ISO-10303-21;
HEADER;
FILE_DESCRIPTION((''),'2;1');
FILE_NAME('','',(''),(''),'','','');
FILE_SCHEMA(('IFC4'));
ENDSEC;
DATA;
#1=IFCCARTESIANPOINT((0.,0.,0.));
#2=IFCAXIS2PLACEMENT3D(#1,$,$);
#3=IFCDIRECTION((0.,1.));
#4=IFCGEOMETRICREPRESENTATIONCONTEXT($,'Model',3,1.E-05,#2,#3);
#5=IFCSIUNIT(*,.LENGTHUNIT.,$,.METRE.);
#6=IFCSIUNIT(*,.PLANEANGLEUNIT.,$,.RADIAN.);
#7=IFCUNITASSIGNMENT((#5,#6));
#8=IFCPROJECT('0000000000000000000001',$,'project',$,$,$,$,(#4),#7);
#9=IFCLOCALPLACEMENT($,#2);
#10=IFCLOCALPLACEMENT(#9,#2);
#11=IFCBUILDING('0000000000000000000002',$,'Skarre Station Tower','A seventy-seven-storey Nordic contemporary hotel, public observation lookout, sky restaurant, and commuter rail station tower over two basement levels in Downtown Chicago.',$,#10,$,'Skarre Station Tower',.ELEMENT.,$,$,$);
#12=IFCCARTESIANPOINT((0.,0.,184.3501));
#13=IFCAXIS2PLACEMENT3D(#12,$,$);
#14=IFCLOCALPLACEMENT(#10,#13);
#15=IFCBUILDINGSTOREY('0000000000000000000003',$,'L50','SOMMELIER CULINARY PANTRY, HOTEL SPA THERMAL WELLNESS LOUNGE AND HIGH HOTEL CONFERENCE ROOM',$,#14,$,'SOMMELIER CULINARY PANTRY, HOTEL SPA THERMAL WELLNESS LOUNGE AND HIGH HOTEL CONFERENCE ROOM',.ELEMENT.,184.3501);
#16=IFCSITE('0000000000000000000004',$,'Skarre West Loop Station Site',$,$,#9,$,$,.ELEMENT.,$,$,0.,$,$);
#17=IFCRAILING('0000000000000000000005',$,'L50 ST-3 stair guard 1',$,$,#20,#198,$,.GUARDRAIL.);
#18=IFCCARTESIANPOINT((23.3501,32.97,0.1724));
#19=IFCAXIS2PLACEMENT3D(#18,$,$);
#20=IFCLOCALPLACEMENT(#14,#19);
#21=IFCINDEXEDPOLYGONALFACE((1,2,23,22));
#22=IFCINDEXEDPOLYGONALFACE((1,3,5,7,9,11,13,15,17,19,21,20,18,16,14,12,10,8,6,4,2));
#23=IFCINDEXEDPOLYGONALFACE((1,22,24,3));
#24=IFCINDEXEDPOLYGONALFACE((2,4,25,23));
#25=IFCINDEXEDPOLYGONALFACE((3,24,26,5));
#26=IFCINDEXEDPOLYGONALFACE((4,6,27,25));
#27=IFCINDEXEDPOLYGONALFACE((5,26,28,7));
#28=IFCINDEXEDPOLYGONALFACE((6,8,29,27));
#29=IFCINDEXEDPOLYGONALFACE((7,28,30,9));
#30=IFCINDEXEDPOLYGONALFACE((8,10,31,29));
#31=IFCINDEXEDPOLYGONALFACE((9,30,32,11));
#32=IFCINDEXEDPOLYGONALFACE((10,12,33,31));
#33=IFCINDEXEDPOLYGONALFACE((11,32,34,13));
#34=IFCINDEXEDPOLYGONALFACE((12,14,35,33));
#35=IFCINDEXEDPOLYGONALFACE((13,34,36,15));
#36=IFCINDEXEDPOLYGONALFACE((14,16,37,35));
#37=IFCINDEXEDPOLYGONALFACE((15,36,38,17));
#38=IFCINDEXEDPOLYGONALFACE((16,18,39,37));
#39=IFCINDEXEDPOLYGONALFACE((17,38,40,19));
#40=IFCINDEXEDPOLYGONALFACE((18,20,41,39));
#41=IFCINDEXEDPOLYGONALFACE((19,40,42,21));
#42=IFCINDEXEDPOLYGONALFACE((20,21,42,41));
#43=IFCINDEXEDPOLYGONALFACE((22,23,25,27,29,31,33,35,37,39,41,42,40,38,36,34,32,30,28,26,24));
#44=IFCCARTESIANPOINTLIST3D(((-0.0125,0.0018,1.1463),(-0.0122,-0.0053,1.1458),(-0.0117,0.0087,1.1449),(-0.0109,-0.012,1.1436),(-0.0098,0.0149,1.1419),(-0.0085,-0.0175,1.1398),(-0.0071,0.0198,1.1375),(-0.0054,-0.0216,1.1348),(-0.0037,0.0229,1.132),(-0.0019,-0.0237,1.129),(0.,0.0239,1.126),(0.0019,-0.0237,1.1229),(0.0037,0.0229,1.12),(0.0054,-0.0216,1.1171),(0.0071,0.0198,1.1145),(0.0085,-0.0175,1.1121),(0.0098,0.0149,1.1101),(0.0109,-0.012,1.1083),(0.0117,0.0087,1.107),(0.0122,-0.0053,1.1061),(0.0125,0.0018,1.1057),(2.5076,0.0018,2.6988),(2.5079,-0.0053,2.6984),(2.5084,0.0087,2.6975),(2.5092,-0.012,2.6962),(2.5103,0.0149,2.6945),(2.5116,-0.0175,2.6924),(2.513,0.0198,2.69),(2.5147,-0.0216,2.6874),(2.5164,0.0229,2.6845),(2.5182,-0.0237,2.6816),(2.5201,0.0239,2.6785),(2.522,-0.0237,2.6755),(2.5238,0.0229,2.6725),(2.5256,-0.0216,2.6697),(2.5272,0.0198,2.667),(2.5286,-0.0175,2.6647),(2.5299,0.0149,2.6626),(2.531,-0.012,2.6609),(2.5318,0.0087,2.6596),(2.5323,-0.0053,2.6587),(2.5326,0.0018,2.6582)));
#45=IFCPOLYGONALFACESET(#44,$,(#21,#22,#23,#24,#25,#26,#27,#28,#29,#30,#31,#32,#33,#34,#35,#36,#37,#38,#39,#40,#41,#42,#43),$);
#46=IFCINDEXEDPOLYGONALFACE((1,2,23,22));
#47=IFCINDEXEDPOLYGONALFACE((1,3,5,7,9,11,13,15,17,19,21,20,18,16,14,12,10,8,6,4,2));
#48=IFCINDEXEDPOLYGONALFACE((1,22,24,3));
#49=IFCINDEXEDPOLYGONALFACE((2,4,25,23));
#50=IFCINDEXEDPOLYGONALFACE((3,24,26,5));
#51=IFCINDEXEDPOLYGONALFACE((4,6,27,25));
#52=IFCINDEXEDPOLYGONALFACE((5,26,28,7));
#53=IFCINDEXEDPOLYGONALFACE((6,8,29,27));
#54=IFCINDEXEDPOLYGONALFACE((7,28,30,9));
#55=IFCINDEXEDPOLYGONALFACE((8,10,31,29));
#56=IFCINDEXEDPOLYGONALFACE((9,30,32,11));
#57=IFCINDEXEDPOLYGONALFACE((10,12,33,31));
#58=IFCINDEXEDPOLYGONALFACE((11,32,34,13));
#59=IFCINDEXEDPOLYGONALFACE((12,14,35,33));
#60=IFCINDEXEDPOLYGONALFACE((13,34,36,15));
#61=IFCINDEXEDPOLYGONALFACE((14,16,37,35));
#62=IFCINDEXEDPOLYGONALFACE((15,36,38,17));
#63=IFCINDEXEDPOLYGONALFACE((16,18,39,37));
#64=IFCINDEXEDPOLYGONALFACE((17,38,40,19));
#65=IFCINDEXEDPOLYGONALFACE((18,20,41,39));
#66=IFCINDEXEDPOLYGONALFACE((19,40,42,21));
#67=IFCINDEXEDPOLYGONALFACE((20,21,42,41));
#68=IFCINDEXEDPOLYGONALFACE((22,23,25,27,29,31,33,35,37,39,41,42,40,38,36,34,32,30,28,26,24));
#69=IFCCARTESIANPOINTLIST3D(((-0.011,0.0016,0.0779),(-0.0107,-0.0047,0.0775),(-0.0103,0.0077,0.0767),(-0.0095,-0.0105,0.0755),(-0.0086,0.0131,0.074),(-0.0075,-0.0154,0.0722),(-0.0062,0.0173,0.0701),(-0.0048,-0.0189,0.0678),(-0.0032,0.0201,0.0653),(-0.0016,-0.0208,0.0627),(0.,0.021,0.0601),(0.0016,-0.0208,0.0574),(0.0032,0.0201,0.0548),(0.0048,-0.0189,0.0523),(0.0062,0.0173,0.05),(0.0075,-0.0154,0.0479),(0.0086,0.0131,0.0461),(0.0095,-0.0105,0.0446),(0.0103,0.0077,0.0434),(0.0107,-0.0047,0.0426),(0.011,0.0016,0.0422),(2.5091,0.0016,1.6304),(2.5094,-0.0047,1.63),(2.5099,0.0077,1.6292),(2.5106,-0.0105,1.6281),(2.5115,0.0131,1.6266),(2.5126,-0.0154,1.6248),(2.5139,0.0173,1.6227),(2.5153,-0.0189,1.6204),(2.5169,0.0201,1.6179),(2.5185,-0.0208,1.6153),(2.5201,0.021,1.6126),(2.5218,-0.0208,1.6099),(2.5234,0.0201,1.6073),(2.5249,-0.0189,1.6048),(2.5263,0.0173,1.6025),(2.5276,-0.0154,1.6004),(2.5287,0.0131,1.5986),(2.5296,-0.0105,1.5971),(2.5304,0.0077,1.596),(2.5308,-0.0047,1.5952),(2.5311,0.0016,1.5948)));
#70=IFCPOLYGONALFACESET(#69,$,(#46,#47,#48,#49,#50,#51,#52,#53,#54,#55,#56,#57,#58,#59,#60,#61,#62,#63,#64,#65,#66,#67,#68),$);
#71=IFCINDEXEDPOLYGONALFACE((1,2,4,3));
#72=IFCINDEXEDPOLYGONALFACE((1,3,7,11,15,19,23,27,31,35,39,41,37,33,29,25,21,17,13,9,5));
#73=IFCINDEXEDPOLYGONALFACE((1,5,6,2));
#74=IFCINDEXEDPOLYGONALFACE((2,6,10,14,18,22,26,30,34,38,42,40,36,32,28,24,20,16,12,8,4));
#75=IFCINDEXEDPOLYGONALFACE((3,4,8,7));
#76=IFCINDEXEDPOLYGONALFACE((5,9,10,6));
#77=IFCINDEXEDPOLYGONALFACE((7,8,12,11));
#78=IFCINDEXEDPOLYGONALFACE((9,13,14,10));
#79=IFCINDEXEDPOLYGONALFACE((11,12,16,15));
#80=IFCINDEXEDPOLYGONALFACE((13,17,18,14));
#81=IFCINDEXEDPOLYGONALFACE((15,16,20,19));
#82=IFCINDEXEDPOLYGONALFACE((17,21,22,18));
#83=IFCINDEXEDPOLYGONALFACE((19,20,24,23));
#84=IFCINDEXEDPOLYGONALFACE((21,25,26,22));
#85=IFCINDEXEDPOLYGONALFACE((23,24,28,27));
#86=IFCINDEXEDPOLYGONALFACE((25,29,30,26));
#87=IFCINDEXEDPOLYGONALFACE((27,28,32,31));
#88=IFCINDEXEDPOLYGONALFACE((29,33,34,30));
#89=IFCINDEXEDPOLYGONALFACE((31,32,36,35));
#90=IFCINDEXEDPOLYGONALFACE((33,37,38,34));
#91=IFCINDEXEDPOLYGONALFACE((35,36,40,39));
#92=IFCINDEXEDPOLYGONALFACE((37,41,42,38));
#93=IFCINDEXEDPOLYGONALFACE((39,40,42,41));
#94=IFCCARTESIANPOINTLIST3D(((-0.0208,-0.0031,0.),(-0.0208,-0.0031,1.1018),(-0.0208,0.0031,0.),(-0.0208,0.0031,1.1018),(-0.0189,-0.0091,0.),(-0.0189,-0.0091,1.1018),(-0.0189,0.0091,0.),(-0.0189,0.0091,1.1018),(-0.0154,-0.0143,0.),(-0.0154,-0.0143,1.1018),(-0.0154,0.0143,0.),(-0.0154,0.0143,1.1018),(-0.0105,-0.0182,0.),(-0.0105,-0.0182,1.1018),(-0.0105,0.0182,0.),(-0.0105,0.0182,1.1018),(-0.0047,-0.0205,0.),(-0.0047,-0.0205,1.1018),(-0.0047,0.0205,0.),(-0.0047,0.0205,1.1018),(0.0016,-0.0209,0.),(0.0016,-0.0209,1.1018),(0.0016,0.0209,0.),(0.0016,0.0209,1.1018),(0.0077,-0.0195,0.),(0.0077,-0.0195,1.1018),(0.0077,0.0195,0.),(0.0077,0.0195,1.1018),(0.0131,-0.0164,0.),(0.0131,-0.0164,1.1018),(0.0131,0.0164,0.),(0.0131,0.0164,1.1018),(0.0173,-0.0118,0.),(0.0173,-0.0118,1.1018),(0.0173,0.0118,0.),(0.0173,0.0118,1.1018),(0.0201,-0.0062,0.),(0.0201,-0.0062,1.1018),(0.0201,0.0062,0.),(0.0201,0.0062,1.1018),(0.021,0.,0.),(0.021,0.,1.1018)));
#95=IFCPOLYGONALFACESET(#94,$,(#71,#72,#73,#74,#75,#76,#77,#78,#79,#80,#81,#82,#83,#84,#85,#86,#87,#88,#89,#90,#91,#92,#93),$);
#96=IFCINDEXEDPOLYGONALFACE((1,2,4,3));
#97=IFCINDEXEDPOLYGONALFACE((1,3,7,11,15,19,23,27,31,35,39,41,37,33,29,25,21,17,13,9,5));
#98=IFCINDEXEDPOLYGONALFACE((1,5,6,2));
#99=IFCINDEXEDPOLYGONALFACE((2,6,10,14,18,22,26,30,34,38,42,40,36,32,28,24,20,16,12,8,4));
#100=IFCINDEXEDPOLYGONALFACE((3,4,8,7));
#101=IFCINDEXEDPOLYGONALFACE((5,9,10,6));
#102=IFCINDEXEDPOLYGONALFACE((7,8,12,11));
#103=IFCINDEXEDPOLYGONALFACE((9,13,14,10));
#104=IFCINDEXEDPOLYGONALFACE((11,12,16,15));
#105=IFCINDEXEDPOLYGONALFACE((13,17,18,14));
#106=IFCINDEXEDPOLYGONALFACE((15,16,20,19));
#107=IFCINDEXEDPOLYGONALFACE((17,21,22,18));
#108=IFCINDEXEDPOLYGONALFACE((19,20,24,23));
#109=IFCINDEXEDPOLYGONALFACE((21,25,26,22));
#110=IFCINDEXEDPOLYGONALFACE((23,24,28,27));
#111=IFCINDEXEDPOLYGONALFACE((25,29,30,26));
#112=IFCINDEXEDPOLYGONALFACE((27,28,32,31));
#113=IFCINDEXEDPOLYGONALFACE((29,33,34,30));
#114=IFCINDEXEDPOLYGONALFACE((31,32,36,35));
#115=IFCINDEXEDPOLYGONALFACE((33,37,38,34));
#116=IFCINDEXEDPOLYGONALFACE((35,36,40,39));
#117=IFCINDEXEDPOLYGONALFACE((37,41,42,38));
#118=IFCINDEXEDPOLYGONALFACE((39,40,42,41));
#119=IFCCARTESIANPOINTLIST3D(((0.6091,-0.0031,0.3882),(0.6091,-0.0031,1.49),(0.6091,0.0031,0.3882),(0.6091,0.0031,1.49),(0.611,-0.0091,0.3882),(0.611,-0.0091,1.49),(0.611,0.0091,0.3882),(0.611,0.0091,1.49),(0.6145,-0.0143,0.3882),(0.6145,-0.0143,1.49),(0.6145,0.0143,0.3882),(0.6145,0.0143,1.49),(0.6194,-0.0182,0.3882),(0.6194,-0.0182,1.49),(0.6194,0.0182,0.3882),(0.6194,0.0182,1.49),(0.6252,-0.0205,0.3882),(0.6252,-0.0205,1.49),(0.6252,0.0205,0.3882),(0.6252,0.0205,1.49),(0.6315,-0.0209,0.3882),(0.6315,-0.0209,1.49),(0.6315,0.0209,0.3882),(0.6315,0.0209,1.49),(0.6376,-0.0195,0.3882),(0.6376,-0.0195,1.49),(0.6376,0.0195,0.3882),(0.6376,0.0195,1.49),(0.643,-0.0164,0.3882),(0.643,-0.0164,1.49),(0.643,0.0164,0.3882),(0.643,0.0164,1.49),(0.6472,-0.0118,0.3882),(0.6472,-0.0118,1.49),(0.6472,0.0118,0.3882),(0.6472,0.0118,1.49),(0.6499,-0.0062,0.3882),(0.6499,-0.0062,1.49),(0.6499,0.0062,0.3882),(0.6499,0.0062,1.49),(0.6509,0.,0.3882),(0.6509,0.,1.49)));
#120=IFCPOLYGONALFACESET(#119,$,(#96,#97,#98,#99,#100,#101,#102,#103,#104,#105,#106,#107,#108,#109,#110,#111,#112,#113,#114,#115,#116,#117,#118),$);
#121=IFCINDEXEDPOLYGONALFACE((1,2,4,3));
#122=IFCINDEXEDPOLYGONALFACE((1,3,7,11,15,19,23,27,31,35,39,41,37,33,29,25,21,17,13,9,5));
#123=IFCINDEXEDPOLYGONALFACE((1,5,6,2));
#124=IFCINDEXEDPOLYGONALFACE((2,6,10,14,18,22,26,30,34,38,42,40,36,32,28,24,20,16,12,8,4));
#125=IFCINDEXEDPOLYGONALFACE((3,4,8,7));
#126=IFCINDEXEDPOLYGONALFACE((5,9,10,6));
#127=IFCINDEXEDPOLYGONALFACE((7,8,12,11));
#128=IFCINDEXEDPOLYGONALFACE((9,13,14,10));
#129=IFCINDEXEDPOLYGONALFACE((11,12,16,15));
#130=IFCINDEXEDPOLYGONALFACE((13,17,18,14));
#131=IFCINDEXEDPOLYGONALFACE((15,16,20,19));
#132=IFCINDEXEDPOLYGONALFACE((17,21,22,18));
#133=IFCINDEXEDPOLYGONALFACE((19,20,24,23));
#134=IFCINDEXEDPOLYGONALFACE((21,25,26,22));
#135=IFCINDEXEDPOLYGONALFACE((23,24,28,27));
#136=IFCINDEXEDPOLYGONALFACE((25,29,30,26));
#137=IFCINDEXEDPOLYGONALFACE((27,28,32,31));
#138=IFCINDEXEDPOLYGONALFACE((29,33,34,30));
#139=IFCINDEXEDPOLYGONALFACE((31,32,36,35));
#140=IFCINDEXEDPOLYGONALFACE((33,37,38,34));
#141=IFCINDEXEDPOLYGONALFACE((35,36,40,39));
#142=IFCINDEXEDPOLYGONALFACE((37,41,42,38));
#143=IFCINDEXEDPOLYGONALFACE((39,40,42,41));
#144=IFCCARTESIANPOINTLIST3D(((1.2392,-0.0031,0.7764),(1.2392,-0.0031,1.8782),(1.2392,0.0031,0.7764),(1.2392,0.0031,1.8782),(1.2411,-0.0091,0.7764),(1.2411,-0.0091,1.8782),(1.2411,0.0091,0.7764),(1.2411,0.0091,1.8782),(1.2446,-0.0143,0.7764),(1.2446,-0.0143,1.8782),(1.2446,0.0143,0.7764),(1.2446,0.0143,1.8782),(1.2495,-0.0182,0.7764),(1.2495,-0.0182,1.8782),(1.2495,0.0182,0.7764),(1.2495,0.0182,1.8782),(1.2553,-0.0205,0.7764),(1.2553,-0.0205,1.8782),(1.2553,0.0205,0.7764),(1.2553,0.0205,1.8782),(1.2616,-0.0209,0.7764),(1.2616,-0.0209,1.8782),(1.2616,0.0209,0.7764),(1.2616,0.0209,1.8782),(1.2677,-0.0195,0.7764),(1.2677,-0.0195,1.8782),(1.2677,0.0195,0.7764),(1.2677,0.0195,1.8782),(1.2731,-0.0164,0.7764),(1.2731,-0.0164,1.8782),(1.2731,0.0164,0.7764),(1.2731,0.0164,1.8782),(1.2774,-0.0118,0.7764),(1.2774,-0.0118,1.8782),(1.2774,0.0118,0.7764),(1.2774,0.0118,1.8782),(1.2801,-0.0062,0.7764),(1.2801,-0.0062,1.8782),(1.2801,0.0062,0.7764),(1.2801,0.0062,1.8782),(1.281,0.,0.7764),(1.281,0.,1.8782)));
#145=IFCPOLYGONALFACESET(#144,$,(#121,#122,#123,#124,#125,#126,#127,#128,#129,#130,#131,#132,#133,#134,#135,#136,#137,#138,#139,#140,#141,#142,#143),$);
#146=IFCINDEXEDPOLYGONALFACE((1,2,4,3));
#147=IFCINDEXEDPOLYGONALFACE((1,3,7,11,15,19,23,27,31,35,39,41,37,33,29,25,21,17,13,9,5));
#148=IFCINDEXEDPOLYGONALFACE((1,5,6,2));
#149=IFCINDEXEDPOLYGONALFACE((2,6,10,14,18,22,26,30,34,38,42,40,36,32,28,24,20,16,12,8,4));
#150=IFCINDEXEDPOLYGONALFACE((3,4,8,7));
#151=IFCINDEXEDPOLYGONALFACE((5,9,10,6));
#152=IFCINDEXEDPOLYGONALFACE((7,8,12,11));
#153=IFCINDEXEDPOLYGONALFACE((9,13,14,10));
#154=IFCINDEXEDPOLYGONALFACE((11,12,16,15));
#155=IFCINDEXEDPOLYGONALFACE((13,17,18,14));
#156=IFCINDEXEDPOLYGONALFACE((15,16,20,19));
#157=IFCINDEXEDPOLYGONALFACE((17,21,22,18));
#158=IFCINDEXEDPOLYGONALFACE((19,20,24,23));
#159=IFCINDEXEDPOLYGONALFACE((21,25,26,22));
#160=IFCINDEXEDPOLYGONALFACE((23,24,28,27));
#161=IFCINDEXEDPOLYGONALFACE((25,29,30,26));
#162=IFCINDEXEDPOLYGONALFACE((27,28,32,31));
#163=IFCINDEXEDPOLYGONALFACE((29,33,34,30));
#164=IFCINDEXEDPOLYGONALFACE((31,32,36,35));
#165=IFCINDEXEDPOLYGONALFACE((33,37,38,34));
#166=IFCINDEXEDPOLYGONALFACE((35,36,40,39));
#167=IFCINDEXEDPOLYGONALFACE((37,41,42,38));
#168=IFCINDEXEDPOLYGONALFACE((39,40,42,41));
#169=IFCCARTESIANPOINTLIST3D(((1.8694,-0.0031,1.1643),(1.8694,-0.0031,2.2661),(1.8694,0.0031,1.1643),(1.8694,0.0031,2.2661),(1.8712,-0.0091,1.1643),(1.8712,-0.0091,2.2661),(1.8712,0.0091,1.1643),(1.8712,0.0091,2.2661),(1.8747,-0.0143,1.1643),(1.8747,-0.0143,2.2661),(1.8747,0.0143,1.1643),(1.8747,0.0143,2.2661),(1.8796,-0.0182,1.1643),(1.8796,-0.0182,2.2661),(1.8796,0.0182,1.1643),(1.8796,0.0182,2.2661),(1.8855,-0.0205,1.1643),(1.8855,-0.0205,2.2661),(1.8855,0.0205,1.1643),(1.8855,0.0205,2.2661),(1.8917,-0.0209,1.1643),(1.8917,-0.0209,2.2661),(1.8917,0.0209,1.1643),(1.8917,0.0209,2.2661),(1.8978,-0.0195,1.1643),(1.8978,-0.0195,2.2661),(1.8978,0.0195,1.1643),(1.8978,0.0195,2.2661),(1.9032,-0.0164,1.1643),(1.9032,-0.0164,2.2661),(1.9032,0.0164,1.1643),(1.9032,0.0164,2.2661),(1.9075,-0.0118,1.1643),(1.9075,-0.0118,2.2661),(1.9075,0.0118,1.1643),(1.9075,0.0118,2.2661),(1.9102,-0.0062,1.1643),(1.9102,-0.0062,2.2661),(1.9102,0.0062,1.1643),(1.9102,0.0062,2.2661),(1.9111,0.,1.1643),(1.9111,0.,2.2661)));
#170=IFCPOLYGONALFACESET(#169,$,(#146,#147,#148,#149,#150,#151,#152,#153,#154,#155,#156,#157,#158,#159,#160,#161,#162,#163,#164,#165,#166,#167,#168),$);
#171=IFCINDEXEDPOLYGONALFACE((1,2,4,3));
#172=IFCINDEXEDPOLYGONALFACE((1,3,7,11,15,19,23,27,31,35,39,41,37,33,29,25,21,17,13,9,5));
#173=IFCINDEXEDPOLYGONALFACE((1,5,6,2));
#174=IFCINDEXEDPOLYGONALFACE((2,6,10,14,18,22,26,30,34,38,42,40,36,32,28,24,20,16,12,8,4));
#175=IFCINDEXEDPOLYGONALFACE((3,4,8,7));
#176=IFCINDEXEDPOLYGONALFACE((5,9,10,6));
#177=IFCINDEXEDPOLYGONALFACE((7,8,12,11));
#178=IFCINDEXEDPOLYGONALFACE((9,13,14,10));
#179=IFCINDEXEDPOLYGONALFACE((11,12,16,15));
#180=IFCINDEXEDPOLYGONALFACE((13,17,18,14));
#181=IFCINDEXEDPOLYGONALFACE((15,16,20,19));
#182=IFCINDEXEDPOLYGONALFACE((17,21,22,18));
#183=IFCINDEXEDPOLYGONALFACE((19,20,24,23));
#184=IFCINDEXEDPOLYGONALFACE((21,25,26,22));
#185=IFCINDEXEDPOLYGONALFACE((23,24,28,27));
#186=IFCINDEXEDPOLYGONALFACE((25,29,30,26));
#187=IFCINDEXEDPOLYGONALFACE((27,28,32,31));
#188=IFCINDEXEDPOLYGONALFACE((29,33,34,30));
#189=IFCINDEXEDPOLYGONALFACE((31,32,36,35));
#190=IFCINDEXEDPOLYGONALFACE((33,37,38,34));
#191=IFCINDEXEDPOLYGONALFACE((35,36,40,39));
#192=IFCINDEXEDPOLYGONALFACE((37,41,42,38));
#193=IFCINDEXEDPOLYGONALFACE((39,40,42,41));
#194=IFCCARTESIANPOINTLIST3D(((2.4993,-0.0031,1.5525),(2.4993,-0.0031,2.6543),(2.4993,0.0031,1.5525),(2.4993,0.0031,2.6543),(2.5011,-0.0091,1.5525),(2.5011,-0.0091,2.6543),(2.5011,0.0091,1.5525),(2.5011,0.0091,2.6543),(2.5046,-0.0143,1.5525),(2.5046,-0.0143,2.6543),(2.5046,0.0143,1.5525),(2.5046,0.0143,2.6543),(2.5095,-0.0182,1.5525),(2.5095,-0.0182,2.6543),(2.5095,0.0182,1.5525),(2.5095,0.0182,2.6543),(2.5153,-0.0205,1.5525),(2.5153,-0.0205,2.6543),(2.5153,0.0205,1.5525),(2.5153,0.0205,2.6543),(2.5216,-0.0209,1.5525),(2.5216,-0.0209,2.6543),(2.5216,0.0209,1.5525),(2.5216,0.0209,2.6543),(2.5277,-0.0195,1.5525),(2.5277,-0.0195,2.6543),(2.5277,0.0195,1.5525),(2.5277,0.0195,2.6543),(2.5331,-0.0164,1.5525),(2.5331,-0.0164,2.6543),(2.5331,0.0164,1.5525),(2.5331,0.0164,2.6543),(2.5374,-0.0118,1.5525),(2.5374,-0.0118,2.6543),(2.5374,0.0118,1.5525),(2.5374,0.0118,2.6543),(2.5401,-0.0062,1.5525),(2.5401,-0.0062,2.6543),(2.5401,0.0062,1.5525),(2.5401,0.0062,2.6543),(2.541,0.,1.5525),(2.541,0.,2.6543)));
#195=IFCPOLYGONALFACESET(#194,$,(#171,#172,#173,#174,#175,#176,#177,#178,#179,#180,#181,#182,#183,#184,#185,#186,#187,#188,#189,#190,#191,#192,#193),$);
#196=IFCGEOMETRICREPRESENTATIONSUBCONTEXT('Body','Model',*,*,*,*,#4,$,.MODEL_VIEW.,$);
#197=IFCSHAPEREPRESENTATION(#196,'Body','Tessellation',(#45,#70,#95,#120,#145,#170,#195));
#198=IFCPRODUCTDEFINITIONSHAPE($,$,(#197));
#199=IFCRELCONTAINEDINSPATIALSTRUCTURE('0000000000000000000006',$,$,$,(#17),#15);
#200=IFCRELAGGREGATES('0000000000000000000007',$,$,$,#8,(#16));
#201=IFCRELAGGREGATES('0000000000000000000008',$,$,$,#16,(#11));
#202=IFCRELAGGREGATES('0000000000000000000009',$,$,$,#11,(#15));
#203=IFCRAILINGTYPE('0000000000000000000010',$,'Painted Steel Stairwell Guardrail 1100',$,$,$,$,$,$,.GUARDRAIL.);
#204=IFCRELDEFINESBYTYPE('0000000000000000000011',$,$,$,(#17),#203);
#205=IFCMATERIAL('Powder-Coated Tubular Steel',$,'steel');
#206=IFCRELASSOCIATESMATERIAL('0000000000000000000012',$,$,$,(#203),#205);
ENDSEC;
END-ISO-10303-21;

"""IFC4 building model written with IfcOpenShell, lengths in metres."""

from ifc_helpers import new_model, si_unit, direction, frame, origin, origin_2d, place, context, subcontext, project, spatial, circle, extrude, material, type_object, element, save


model = new_model("IFC4")

# Units and contexts
model_context = context("Model", 3, precision=1e-05, world=origin(), true_north=direction((0.0, 1.0)))
body_context = subcontext(model_context, "Body", "Model", "MODEL_VIEW")
ifc_project = project(units=[si_unit("LENGTHUNIT", "METRE"), si_unit("PLANEANGLEUNIT", "RADIAN")], contexts=[model_context])

# Site, building, storey
site_placement = place(None, origin())
site = spatial("IfcSite", under=ifc_project, at=site_placement, Name="Skarre West Loop Station Site", CompositionType="ELEMENT", RefElevation=0.0)
building_placement = place(site_placement, origin())
building = spatial("IfcBuilding", under=site, at=building_placement, Name="Skarre Station Tower", Description="A seventy-seven-storey Nordic contemporary hotel, public observation lookout, sky restaurant, and commuter rail station tower over two basement levels in Downtown Chicago.", LongName="Skarre Station Tower", CompositionType="ELEMENT")
storey_placement = place(building_placement, frame((0.0, 0.0, 184.3501)))
storey = spatial("IfcBuildingStorey", under=building, at=storey_placement, Name="L50", Description="SOMMELIER CULINARY PANTRY, HOTEL SPA THERMAL WELLNESS LOUNGE AND HIGH HOTEL CONFERENCE ROOM", LongName="SOMMELIER CULINARY PANTRY, HOTEL SPA THERMAL WELLNESS LOUNGE AND HIGH HOTEL CONFERENCE ROOM", CompositionType="ELEMENT", Elevation=184.3501)

# Railing
ifc_material_1 = material(Name="Powder-Coated Tubular Steel", Category="steel")
railing_type_1 = type_object("IfcRailingType", Name="Painted Steel Stairwell Guardrail 1100", PredefinedType="GUARDRAIL", material=ifc_material_1)
railing_1_placement = place(storey_placement, frame((23.3501, 32.97, 0.1724)))
element("IfcRailing", 1, at=railing_1_placement, inside=storey, type_object=railing_type_1, Name="L50 ST-3 stair guard 1", PredefinedType="GUARDRAIL", context=body_context, shape_type="SweptSolid", body=[
    extrude(circle(Radius=0.0239, at=origin_2d()), frame((0.0, 0.0, 1.126), z_axis=(0.8514, 0.0, 0.524516), x_axis=(0.0, 1.0, 0.0)), (0.0, 0.0, 1.0), 2.96),
    extrude(circle(Radius=0.021, at=origin_2d()), frame((0.0, 0.0, 0.0601), z_axis=(0.8514, 0.0, 0.524516), x_axis=(0.0, 1.0, 0.0)), (0.0, 0.0, 1.0), 2.96),
    extrude(circle(Radius=0.021, at=origin_2d()), origin(), (0.0, 0.0, 1.0), 1.1018),
    extrude(circle(Radius=0.021, at=origin_2d()), frame((0.6299, 0.0, 0.3882)), (0.0, 0.0, 1.0), 1.1018),
    extrude(circle(Radius=0.021, at=origin_2d()), frame((1.26, 0.0, 0.7764)), (0.0, 0.0, 1.0), 1.1018),
    extrude(circle(Radius=0.021, at=origin_2d()), frame((1.8901, 0.0, 1.1643)), (0.0, 0.0, 1.0), 1.1018),
    extrude(circle(Radius=0.021, at=origin_2d()), frame((2.52, 0.0, 1.5525)), (0.0, 0.0, 1.0), 1.1018),
])

save(model, "model.ifc")
